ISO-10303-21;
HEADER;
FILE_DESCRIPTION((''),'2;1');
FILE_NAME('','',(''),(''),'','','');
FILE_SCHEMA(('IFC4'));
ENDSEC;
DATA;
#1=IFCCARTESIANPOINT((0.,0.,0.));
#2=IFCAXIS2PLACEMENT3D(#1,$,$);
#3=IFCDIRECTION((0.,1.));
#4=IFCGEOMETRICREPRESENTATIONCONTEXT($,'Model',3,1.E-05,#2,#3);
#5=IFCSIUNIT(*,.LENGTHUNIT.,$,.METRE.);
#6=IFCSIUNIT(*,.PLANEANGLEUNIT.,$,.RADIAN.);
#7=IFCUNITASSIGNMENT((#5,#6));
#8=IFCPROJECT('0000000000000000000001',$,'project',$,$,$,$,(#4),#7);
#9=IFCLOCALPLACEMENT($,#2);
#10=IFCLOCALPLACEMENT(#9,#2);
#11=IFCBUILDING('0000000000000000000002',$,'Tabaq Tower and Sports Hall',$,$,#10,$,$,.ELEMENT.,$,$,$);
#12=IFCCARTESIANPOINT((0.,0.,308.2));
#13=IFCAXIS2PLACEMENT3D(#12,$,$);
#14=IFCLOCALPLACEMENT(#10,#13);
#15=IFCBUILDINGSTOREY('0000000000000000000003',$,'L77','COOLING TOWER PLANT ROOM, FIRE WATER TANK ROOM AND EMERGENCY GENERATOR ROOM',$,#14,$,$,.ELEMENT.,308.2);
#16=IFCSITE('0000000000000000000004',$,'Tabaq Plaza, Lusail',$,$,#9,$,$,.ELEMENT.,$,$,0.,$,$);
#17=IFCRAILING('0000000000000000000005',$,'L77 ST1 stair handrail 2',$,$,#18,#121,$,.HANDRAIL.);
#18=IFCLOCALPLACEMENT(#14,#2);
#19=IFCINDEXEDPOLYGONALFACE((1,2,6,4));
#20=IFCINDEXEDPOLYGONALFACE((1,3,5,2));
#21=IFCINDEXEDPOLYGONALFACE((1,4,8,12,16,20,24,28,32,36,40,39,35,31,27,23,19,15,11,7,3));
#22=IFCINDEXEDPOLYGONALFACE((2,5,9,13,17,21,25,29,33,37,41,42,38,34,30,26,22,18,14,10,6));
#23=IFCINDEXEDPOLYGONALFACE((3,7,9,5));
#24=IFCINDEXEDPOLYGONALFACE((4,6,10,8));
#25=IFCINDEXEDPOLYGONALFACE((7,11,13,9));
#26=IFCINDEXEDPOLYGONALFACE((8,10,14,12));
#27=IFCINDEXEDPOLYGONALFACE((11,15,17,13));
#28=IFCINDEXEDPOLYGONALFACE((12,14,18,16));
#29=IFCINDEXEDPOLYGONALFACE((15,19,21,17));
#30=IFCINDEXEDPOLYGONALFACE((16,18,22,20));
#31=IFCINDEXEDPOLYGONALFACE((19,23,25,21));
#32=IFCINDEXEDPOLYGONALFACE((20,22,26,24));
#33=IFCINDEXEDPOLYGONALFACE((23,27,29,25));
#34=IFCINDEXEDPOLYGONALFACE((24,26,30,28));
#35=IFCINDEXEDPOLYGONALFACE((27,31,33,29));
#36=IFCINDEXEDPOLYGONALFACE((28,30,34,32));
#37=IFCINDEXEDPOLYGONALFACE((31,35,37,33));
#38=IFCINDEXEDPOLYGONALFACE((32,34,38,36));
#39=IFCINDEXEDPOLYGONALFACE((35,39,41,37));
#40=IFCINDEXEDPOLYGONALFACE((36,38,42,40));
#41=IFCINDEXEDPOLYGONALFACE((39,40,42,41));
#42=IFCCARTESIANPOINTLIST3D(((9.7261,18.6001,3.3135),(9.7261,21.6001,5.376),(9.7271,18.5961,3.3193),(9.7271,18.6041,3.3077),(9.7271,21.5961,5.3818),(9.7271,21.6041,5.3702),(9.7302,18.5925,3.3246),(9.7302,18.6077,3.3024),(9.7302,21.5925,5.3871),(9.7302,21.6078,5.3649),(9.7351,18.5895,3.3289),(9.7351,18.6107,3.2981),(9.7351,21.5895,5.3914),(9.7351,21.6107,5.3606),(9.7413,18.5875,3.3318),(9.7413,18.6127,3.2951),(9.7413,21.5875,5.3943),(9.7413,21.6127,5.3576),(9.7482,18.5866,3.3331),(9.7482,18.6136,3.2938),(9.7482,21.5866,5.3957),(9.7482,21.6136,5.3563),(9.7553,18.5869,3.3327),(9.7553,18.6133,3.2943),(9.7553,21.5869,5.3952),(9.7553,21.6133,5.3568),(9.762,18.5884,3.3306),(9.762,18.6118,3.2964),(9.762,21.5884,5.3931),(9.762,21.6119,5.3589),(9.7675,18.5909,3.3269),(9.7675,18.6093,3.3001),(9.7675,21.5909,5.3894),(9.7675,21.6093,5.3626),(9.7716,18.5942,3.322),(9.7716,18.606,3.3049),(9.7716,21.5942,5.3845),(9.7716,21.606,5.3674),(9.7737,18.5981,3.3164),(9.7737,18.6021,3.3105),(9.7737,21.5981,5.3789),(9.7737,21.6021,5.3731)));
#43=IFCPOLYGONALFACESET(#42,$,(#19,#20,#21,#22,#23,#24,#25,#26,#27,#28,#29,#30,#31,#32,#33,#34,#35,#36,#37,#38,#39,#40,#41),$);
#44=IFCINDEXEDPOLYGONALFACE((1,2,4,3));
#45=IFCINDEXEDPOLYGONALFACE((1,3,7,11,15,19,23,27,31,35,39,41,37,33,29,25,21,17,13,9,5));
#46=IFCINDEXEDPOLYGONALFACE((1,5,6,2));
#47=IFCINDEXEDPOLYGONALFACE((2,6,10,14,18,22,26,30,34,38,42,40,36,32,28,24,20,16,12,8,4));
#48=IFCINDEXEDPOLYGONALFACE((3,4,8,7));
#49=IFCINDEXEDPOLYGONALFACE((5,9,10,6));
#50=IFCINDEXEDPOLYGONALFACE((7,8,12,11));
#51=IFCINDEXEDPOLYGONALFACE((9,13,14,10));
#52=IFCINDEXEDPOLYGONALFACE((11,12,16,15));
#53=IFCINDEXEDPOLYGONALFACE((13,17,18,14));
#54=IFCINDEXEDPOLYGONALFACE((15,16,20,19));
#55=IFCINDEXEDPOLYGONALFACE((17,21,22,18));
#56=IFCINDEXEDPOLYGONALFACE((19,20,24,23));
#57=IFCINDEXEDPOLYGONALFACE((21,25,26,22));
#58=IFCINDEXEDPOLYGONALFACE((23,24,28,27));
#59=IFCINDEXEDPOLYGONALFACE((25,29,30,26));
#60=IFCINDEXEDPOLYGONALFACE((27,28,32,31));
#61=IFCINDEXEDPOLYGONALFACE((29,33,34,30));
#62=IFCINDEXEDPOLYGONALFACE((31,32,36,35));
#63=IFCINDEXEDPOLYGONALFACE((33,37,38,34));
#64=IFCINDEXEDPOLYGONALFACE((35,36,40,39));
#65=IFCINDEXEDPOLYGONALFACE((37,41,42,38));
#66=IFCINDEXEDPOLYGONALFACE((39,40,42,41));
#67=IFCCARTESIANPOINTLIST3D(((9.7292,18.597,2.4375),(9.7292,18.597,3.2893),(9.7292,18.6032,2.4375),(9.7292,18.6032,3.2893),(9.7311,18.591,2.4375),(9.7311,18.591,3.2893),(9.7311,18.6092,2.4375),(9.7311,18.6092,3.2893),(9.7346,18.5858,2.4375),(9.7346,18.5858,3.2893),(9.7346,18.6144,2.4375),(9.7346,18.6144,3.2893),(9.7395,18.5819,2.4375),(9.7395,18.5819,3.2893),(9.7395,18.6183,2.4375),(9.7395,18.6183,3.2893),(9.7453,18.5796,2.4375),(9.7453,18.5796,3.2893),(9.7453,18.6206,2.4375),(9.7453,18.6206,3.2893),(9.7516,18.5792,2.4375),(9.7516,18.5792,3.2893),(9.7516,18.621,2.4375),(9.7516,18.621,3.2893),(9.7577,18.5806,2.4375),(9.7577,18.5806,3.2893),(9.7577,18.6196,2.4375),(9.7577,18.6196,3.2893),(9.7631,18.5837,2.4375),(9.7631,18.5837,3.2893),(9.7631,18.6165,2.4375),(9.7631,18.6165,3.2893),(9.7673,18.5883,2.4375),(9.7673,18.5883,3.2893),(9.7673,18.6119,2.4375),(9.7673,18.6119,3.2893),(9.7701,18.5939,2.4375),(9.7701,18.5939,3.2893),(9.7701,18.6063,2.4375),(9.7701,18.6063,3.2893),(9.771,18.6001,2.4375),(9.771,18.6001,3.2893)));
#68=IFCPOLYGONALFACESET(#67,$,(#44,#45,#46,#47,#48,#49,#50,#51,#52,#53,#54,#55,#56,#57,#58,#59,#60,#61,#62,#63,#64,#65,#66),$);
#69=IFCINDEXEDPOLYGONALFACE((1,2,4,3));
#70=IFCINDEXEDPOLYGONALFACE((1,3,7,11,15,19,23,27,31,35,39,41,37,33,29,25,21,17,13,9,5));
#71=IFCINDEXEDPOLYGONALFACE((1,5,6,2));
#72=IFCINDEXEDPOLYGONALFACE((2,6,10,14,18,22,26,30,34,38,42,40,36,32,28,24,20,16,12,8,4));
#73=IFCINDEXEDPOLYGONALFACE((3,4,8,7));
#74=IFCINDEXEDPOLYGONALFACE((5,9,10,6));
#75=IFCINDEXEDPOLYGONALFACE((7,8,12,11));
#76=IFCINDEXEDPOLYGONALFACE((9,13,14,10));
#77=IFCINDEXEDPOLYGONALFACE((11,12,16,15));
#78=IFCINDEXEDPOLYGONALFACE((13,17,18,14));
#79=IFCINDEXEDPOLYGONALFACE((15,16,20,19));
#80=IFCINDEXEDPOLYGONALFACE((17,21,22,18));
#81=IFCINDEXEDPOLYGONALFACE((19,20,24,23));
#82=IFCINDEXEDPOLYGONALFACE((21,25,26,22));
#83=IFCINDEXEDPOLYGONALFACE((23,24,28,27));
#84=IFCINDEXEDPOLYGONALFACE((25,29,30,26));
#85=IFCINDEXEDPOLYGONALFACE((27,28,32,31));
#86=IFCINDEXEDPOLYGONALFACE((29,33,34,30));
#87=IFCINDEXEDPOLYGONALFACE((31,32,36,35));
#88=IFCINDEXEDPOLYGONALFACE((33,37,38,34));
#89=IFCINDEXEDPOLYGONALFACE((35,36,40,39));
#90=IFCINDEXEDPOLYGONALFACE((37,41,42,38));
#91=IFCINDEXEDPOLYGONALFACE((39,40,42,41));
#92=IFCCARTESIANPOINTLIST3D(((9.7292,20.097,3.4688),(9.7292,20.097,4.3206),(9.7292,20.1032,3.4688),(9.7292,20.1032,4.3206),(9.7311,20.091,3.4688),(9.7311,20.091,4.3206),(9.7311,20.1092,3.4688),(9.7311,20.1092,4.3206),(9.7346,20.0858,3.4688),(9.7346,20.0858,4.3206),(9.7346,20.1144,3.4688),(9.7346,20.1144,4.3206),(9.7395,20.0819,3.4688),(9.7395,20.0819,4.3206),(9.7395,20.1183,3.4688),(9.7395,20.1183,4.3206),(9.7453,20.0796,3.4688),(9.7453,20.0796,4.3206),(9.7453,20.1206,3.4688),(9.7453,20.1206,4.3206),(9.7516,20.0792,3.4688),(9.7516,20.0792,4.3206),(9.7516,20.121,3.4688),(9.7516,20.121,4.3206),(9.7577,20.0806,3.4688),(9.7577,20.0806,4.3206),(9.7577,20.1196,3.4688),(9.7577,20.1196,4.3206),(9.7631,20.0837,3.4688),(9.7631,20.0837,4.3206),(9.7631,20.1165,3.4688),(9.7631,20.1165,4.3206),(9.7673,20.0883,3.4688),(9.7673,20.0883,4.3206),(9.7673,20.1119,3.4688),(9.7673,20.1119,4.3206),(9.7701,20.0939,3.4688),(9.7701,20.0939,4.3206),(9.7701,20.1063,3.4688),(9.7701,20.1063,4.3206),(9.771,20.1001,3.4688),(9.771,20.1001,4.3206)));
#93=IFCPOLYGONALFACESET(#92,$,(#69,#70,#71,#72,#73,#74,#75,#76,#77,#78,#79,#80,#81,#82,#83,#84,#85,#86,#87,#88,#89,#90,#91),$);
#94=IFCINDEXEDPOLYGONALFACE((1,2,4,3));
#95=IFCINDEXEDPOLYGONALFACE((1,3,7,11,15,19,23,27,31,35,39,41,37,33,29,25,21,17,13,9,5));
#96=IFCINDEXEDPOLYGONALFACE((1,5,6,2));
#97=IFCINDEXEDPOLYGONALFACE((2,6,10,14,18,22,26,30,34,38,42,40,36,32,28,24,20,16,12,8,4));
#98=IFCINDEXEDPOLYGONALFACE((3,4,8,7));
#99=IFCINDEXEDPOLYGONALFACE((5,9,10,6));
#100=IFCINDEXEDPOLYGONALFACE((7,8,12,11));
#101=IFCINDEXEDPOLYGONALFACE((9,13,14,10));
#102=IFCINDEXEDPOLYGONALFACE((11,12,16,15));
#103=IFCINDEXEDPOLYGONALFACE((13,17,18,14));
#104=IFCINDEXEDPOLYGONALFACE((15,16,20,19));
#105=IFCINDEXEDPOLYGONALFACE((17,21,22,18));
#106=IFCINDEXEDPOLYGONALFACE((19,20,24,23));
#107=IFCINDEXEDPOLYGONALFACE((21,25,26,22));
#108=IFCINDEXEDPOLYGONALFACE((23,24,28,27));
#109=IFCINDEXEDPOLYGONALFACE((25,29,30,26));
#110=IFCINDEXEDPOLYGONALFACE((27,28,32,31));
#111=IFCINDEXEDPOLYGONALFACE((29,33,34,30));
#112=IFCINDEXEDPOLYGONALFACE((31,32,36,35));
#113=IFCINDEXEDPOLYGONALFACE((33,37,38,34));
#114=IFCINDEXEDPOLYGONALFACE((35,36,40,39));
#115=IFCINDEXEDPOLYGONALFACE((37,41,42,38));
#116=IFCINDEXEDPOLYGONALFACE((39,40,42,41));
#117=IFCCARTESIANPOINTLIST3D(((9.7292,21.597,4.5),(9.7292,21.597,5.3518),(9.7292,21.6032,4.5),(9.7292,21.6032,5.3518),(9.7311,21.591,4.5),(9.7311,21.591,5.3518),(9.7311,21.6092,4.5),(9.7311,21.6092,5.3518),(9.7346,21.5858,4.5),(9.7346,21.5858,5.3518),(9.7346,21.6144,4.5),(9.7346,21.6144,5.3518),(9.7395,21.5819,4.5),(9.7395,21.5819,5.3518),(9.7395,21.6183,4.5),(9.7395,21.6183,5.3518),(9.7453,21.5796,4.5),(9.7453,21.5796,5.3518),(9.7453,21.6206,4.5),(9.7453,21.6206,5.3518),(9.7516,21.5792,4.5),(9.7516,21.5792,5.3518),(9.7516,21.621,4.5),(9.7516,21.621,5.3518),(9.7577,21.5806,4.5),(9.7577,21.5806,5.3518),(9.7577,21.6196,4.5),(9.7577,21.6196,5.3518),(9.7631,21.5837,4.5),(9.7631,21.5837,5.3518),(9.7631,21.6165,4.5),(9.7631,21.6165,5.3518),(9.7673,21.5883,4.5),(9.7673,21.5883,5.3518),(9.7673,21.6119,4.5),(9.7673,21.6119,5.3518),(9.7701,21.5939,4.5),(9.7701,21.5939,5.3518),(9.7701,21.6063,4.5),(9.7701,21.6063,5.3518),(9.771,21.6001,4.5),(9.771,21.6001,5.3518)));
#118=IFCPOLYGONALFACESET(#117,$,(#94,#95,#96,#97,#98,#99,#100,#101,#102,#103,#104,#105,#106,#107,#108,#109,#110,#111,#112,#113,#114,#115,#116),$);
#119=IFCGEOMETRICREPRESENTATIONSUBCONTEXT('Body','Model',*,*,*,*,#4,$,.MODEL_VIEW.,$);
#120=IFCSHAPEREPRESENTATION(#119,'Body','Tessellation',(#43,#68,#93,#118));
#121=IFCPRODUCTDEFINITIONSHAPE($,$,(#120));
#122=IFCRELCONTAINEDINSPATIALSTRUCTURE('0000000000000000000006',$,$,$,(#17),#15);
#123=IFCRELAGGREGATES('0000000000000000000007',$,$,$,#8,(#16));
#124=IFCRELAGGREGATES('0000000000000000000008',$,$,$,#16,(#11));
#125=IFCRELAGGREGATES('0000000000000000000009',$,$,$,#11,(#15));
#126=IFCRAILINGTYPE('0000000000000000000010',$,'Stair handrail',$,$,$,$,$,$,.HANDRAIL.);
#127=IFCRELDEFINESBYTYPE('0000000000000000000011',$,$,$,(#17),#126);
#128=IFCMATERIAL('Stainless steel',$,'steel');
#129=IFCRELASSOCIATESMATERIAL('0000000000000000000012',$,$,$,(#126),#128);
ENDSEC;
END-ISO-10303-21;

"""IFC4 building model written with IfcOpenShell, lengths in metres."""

from ifc_helpers import new_model, si_unit, direction, frame, origin, origin_2d, place, context, subcontext, project, spatial, circle, extrude, material, type_object, element, save


model = new_model("IFC4")

# Units and contexts
model_context = context("Model", 3, precision=1e-05, world=origin(), true_north=direction((0.0, 1.0)))
body_context = subcontext(model_context, "Body", "Model", "MODEL_VIEW")
ifc_project = project(units=[si_unit("LENGTHUNIT", "METRE"), si_unit("PLANEANGLEUNIT", "RADIAN")], contexts=[model_context])

# Site, building, storey
site_placement = place(None, origin())
site = spatial("IfcSite", under=ifc_project, at=site_placement, Name="Tabaq Plaza, Lusail", CompositionType="ELEMENT", RefElevation=0.0)
building_placement = place(site_placement, origin())
building = spatial("IfcBuilding", under=site, at=building_placement, Name="Tabaq Tower and Sports Hall", CompositionType="ELEMENT")
storey_placement = place(building_placement, frame((0.0, 0.0, 308.2)))
storey = spatial("IfcBuildingStorey", under=building, at=storey_placement, Name="L77", Description="COOLING TOWER PLANT ROOM, FIRE WATER TANK ROOM AND EMERGENCY GENERATOR ROOM", CompositionType="ELEMENT", Elevation=308.2)

# Railing
ifc_material_1 = material(Name="Stainless steel", Category="steel")
railing_type_1 = type_object("IfcRailingType", Name="Stair handrail", PredefinedType="HANDRAIL", material=ifc_material_1)
railing_1_placement = place(storey_placement, frame((9.75, 18.6001, 2.4375)))
element("IfcRailing", 1, at=railing_1_placement, inside=storey, type_object=railing_type_1, Name="L77 ST1 stair handrail 2", PredefinedType="HANDRAIL", context=body_context, shape_type="SweptSolid", body=[
    extrude(circle(Radius=0.0239, at=origin_2d()), frame((0.0, 0.0, 0.876), z_axis=(0.0, 0.824042, 0.566529), x_axis=(-1.0, 0.0, 0.0)), (0.0, 0.0, 1.0), 3.6406),
    extrude(circle(Radius=0.021, at=origin_2d()), origin(), (0.0, 0.0, 1.0), 0.8518),
    extrude(circle(Radius=0.021, at=origin_2d()), frame((0.0, 1.5, 1.0312)), (0.0, 0.0, 1.0), 0.8518),
    extrude(circle(Radius=0.021, at=origin_2d()), frame((0.0, 3.0, 2.0625)), (0.0, 0.0, 1.0), 0.8518),
])

save(model, "model.ifc")
